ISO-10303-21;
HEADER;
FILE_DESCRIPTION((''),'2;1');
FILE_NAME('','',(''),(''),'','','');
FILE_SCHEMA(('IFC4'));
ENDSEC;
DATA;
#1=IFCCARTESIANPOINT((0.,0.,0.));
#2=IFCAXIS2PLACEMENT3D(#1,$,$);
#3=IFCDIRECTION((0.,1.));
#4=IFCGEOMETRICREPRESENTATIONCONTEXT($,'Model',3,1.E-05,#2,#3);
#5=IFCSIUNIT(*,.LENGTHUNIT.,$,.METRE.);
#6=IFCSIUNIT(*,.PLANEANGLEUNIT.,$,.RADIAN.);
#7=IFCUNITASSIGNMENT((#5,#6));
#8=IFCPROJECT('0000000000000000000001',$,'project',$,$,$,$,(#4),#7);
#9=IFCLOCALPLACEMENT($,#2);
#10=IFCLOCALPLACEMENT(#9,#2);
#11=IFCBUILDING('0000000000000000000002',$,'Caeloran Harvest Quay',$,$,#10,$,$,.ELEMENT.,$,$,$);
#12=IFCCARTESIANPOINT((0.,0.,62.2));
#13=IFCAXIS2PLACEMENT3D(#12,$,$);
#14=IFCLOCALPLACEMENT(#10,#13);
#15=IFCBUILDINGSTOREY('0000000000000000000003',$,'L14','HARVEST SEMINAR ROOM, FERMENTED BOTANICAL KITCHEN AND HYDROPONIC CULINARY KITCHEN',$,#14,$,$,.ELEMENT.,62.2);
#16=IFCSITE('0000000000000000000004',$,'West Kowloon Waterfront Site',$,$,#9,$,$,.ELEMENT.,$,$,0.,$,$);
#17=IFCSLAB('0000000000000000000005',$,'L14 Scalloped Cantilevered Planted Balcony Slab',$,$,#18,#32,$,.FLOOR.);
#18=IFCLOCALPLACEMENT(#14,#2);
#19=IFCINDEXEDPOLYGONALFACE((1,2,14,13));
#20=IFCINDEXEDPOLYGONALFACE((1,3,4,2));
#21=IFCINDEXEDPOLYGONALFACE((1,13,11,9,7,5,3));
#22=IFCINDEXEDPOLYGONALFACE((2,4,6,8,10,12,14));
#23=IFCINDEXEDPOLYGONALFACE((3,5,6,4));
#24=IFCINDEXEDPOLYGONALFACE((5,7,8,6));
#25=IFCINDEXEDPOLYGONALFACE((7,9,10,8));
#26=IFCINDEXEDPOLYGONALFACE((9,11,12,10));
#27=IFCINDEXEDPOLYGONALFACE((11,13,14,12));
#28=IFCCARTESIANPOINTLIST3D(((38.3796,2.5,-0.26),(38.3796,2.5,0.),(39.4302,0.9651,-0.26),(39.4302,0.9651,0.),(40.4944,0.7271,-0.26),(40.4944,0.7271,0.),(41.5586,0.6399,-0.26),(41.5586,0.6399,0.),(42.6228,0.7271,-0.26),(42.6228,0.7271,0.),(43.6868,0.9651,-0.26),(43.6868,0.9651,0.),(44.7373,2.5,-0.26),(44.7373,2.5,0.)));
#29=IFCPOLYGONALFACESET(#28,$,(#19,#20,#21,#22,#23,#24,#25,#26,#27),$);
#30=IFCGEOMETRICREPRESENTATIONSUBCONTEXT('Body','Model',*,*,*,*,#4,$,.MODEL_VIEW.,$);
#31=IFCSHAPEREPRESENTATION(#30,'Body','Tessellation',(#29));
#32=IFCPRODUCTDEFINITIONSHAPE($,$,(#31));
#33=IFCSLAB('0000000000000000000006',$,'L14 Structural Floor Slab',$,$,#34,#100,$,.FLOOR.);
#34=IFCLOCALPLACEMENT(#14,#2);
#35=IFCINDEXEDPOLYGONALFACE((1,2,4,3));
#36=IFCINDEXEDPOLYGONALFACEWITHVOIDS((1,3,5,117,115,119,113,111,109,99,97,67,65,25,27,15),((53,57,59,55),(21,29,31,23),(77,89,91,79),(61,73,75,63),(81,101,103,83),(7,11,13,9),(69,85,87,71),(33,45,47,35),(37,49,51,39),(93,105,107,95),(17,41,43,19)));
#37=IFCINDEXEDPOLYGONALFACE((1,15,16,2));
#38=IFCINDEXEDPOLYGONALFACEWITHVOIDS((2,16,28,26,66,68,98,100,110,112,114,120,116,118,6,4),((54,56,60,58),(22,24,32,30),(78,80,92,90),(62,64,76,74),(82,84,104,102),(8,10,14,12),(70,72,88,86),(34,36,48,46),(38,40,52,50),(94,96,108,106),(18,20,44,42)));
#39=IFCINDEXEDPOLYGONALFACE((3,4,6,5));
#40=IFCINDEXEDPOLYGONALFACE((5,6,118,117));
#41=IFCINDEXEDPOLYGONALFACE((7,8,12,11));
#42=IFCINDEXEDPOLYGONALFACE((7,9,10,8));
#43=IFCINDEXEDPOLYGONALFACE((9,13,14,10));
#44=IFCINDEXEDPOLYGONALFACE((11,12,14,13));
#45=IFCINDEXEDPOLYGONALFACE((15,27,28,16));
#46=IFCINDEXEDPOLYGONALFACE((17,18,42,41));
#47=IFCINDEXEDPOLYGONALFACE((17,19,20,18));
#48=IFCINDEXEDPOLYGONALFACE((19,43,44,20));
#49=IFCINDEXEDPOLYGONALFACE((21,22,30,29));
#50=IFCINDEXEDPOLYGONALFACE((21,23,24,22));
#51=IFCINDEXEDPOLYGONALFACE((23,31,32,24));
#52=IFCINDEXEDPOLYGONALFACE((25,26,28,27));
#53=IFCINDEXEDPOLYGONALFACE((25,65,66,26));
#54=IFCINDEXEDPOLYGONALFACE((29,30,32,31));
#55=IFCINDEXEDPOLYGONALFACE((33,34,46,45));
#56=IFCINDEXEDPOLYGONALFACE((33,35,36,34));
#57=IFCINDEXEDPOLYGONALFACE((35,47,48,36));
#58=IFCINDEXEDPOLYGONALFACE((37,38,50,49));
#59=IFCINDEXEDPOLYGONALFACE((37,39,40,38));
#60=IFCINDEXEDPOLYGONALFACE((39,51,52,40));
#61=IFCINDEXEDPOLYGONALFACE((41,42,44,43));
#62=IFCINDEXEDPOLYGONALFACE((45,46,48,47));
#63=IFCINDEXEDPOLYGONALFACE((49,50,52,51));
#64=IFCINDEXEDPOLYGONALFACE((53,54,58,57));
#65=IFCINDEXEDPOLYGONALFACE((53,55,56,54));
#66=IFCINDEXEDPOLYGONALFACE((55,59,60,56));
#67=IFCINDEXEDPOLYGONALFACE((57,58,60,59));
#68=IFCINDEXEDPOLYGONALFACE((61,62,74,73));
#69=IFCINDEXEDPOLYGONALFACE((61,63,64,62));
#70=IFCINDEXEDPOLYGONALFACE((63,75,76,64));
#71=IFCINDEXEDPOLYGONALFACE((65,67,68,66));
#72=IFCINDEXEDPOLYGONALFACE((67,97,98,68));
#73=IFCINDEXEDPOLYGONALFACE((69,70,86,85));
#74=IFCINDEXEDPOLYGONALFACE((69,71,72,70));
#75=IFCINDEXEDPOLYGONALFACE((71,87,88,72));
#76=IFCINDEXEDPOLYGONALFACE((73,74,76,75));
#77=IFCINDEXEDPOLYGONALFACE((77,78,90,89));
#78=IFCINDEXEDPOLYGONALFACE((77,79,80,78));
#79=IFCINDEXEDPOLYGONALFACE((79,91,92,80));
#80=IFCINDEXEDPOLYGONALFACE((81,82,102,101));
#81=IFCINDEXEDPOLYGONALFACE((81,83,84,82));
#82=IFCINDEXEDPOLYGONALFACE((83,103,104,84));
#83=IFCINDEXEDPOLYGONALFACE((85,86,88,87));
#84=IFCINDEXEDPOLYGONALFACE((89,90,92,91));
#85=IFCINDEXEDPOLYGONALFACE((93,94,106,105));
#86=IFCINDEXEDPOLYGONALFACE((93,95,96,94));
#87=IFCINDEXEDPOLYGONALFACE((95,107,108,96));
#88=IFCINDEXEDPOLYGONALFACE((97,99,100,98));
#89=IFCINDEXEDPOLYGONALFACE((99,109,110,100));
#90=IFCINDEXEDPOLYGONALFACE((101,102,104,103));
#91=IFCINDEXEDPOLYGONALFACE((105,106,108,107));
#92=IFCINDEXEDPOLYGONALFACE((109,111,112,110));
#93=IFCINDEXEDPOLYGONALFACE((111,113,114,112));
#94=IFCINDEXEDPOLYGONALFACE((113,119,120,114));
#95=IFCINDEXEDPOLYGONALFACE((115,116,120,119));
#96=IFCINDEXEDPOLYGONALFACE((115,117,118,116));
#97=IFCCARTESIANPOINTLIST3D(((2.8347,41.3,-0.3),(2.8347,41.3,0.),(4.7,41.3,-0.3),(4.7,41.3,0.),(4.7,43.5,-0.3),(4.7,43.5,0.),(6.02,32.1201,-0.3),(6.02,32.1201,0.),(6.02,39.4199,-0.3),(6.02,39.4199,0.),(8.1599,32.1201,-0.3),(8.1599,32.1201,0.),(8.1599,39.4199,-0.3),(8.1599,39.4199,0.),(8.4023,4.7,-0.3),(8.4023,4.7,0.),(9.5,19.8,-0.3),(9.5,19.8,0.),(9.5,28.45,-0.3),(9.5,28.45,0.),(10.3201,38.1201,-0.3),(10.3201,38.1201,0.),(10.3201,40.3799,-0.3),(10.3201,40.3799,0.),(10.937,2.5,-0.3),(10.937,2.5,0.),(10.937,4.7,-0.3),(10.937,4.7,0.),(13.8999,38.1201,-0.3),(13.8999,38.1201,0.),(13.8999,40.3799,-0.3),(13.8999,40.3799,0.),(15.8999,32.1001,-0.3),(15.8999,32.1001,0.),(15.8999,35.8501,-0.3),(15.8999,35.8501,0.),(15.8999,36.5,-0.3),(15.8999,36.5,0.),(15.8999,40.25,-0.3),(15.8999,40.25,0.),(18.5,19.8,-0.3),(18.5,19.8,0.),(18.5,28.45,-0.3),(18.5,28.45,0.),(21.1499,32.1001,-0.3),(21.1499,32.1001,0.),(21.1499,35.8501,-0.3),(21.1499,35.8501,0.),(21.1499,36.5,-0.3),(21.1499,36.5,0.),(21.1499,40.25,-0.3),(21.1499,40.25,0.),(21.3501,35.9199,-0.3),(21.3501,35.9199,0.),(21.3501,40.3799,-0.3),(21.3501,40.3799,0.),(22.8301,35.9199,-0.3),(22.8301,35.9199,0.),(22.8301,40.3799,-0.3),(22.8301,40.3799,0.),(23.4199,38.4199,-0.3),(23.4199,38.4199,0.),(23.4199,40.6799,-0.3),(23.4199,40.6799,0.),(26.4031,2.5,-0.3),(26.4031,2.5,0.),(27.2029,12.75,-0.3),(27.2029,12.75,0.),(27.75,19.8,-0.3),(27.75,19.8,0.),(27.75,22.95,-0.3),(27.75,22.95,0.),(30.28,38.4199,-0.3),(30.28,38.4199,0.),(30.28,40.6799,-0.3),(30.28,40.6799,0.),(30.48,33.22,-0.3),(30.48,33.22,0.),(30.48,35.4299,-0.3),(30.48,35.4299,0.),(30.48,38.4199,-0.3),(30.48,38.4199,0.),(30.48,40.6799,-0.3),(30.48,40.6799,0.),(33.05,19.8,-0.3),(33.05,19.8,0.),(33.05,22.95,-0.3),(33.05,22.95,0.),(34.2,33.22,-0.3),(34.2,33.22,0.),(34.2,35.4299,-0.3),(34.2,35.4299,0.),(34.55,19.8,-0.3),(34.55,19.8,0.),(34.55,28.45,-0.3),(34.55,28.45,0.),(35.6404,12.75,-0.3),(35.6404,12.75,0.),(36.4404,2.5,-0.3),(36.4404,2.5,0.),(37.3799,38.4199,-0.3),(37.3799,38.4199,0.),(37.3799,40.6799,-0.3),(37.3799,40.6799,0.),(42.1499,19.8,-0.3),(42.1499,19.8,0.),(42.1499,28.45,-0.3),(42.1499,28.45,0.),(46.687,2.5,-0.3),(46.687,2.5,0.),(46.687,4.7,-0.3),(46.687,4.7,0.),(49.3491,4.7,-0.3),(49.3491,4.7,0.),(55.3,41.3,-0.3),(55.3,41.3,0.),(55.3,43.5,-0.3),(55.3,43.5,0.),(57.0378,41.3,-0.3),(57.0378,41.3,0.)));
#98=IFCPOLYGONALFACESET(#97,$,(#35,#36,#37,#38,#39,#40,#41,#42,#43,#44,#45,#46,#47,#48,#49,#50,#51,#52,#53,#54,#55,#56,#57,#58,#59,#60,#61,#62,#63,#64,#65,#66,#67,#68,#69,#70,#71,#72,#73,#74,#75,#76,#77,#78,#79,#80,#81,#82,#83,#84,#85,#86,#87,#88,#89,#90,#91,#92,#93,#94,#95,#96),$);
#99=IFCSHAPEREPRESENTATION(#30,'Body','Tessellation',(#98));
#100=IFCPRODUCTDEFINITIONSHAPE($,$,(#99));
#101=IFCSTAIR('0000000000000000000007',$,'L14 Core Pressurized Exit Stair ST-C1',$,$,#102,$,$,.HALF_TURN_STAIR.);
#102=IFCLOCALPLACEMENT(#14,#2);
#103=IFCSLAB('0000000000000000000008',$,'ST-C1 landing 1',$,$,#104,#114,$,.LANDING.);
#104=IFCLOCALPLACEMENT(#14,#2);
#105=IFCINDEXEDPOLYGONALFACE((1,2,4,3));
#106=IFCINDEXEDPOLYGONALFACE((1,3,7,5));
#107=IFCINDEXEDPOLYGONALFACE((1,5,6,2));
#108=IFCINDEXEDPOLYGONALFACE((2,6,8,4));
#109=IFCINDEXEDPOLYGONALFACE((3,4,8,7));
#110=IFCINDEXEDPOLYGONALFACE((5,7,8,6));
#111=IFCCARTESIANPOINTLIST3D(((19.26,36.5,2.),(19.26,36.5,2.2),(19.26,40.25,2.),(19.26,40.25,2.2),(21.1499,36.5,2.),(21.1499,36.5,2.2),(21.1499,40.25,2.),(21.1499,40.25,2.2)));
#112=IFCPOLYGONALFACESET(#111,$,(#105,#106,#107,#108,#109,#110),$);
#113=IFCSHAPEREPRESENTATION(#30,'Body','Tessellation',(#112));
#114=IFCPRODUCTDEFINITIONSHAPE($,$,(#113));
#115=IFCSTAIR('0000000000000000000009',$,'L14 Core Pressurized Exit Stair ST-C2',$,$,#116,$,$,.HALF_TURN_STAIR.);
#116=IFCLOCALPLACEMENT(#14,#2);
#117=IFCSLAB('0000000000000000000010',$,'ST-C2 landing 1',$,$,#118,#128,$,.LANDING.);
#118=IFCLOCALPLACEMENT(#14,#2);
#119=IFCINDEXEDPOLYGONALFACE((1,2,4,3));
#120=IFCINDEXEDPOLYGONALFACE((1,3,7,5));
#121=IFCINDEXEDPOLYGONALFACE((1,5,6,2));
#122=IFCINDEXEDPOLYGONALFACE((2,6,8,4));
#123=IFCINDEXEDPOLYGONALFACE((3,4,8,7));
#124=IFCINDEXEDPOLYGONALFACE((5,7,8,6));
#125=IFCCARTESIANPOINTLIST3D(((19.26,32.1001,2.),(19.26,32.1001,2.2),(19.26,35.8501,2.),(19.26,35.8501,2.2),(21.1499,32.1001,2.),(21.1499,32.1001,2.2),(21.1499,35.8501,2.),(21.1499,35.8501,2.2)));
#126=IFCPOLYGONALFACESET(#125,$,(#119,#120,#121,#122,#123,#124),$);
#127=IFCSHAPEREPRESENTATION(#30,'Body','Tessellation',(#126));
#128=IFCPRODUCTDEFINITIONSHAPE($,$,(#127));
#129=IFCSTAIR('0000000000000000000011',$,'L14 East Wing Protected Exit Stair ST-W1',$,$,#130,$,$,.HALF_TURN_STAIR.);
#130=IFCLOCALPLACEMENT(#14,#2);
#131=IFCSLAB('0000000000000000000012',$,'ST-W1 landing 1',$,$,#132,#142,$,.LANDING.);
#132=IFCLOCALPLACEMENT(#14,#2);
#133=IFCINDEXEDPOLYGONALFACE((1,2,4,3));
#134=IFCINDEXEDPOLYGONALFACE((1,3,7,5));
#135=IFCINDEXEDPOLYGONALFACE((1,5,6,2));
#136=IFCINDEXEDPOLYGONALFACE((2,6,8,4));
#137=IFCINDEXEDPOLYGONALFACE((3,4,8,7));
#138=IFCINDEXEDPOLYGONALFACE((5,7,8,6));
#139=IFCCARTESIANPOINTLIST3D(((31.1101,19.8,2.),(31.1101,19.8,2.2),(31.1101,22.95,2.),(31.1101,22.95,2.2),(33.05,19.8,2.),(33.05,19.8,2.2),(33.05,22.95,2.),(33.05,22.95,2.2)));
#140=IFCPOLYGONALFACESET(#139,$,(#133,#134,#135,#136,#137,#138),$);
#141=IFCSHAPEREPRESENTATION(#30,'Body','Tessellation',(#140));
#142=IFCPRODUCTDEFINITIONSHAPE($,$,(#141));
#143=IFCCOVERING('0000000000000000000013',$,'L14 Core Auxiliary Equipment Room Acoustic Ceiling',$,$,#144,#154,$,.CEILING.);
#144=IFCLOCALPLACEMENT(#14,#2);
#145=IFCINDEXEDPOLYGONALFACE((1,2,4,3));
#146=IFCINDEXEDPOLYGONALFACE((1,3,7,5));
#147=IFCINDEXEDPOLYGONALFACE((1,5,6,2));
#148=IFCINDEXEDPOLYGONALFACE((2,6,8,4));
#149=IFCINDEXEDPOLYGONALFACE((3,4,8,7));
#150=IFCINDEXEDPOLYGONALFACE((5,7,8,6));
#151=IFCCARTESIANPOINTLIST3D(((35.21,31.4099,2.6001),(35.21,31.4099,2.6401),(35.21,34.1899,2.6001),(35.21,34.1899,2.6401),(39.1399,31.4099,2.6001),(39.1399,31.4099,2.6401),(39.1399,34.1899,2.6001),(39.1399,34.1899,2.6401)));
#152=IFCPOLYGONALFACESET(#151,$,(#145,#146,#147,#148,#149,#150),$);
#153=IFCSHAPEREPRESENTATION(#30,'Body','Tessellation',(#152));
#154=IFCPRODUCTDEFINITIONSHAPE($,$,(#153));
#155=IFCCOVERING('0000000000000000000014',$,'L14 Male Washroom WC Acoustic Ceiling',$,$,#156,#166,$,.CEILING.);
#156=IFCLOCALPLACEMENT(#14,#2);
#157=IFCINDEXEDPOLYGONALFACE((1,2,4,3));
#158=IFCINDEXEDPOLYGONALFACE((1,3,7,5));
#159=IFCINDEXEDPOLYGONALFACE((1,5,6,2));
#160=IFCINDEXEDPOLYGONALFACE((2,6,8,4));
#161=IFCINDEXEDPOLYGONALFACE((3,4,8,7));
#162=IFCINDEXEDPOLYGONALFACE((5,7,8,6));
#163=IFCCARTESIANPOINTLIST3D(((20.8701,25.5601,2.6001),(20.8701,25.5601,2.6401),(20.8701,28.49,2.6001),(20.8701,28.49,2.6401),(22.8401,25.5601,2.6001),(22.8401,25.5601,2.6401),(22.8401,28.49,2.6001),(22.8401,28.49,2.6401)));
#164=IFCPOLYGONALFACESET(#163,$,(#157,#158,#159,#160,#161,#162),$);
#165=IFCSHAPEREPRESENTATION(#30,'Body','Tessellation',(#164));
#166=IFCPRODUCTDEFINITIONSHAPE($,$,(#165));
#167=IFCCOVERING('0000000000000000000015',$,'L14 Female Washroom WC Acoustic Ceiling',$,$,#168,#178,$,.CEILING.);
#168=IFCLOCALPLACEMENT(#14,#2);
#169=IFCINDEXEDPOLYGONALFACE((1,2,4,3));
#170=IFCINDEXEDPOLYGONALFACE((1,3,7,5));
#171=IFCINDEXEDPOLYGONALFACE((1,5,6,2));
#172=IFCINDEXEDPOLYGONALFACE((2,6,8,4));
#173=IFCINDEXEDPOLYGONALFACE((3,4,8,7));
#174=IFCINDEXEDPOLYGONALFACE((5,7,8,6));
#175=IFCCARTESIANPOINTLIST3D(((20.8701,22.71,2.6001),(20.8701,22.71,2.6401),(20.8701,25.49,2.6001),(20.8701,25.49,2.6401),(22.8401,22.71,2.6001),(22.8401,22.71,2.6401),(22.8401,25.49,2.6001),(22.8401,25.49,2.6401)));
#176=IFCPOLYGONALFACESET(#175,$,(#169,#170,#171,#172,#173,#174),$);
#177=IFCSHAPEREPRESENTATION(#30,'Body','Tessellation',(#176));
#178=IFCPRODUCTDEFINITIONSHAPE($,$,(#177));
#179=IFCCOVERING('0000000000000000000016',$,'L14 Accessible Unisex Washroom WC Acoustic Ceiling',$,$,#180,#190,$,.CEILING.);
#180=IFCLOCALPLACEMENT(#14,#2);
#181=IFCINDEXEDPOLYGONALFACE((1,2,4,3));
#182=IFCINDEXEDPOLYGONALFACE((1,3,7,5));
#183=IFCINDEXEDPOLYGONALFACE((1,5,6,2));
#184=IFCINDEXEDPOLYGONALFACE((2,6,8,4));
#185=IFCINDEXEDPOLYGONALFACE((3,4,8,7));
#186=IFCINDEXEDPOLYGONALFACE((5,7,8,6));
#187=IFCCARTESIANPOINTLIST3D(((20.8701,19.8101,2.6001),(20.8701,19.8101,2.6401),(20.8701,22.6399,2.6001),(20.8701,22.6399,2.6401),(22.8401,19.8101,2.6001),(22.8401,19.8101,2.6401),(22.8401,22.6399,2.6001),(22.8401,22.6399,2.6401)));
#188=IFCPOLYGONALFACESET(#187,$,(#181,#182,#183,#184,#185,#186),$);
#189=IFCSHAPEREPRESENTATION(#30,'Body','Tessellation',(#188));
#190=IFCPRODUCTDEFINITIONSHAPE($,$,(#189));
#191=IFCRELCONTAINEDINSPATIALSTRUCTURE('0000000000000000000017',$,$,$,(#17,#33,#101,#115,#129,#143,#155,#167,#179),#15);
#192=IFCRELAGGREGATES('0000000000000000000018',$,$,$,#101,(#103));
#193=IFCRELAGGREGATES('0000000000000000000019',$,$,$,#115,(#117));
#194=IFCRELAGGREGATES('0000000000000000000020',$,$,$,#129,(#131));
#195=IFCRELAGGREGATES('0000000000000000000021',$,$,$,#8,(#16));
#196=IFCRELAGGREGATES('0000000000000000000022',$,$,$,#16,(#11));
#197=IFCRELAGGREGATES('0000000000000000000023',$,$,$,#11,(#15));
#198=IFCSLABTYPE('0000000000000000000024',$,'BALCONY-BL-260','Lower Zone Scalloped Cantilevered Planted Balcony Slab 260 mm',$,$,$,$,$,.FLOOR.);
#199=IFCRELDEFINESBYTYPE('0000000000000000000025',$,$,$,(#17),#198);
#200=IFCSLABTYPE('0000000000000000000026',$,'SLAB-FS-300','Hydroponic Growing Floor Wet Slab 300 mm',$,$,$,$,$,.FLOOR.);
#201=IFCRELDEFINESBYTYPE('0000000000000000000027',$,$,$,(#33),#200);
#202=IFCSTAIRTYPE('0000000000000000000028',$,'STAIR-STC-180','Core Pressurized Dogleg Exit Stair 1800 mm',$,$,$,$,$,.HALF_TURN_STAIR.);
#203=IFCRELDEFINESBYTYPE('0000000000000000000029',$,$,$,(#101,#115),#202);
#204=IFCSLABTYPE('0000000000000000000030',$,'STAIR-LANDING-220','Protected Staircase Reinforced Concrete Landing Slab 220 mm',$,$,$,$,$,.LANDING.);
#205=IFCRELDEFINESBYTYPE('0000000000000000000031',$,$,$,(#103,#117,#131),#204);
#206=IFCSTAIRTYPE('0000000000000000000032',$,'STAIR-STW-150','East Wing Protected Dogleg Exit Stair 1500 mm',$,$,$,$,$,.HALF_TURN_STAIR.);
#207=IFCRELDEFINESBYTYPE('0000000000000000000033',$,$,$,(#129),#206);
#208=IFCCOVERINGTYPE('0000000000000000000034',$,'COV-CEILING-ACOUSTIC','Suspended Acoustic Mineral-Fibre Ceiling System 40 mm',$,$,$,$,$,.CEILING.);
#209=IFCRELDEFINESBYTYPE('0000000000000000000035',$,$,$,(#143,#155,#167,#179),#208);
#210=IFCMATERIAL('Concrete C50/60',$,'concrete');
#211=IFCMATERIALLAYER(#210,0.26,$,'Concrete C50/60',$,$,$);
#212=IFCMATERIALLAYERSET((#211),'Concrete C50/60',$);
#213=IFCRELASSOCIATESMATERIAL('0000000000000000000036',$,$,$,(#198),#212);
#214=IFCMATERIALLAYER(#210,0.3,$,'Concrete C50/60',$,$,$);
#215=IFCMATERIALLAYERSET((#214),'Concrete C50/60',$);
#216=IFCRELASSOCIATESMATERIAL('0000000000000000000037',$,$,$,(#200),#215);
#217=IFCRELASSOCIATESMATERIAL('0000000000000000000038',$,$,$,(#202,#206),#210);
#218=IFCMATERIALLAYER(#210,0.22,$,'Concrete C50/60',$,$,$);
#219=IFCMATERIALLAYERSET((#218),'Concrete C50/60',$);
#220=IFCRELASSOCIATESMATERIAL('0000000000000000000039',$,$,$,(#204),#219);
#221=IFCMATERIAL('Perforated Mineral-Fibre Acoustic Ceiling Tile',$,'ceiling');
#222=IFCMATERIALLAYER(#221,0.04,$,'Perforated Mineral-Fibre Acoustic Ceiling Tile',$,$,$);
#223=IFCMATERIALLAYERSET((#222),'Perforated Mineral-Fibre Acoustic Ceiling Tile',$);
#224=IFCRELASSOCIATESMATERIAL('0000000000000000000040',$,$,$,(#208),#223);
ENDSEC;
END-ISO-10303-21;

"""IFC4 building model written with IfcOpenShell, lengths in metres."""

from ifc_helpers import new_model, si_unit, direction, frame, origin, place, context, subcontext, project, spatial, polyline, outline, extrude, material, layer, layer_set, type_object, element, aggregate, save


model = new_model("IFC4")

# Units and contexts
model_context = context("Model", 3, precision=1e-05, world=origin(), true_north=direction((0.0, 1.0)))
body_context = subcontext(model_context, "Body", "Model", "MODEL_VIEW")
ifc_project = project(units=[si_unit("LENGTHUNIT", "METRE"), si_unit("PLANEANGLEUNIT", "RADIAN")], contexts=[model_context])

# Site, building, storey
site_placement = place(None, origin())
site = spatial("IfcSite", under=ifc_project, at=site_placement, Name="West Kowloon Waterfront Site", CompositionType="ELEMENT", RefElevation=0.0)
building_placement = place(site_placement, origin())
building = spatial("IfcBuilding", under=site, at=building_placement, Name="Caeloran Harvest Quay", CompositionType="ELEMENT")
storey_placement = place(building_placement, frame((0.0, 0.0, 62.2)))
storey = spatial("IfcBuildingStorey", under=building, at=storey_placement, Name="L14", Description="HARVEST SEMINAR ROOM, FERMENTED BOTANICAL KITCHEN AND HYDROPONIC CULINARY KITCHEN", CompositionType="ELEMENT", Elevation=62.2)

# Slabs
ifc_material_1 = material(Name="Concrete C50/60", Category="concrete")
ifc_layer_1 = layer(ifc_material_1, 0.26, Name="Concrete C50/60")
ifc_layer_set_1 = layer_set([ifc_layer_1], Name="Concrete C50/60")
slab_type_1 = type_object("IfcSlabType", Name="BALCONY-BL-260", Description="Lower Zone Scalloped Cantilevered Planted Balcony Slab 260 mm", PredefinedType="FLOOR", material=ifc_layer_set_1)
slab_1_placement = place(storey_placement, frame((0.0, 0.0, -0.26)))
element("IfcSlab", 1, at=slab_1_placement, inside=storey, type_object=slab_type_1, Name="L14 Scalloped Cantilevered Planted Balcony Slab", PredefinedType="FLOOR", context=body_context, shape_type="SweptSolid", body=[
    extrude(outline(polyline([(43.6868, 0.9651), (42.6228, 0.7271), (41.5586, 0.6399), (40.4944, 0.7271), (39.4302, 0.9651), (38.3796, 2.5), (44.7373, 2.5), (43.6868, 0.9651)])), origin(), (0.0, 0.0, 1.0), 0.26),
])
ifc_layer_2 = layer(ifc_material_1, 0.3, Name="Concrete C50/60")
ifc_layer_set_2 = layer_set([ifc_layer_2], Name="Concrete C50/60")
slab_type_2 = type_object("IfcSlabType", Name="SLAB-FS-300", Description="Hydroponic Growing Floor Wet Slab 300 mm", PredefinedType="FLOOR", material=ifc_layer_set_2)
slab_2_placement = place(storey_placement, frame((0.0, 0.0, -0.3)))
element("IfcSlab", 2, at=slab_2_placement, inside=storey, type_object=slab_type_2, Name="L14 Structural Floor Slab", PredefinedType="FLOOR", context=body_context, shape_type="SweptSolid", body=[
    extrude(outline(polyline([(10.937, 2.5), (26.4031, 2.5), (27.2029, 12.75), (35.6404, 12.75), (36.4404, 2.5), (46.687, 2.5), (46.687, 4.7), (49.3491, 4.7), (57.0378, 41.3), (55.3, 41.3), (55.3, 43.5), (4.7, 43.5), (4.7, 41.3), (2.8347, 41.3), (8.4023, 4.7), (10.937, 4.7), (10.937, 2.5)]), holes=[polyline([(18.5, 19.8), (9.5, 19.8), (9.5, 28.45), (18.5, 28.45), (18.5, 19.8)]), polyline([(15.8999, 32.1001), (15.8999, 35.8501), (21.1499, 35.8501), (21.1499, 32.1001), (15.8999, 32.1001)]), polyline([(8.1599, 32.1201), (6.02, 32.1201), (6.02, 39.4199), (8.1599, 39.4199), (8.1599, 32.1201)]), polyline([(21.3501, 35.9199), (21.3501, 40.3799), (22.8301, 40.3799), (22.8301, 35.9199), (21.3501, 35.9199)]), polyline([(15.8999, 40.25), (21.1499, 40.25), (21.1499, 36.5), (15.8999, 36.5), (15.8999, 40.25)]), polyline([(13.8999, 38.1201), (10.3201, 38.1201), (10.3201, 40.3799), (13.8999, 40.3799), (13.8999, 38.1201)]), polyline([(27.75, 22.95), (33.05, 22.95), (33.05, 19.8), (27.75, 19.8), (27.75, 22.95)]), polyline([(34.55, 19.8), (34.55, 28.45), (42.1499, 28.45), (42.1499, 19.8), (34.55, 19.8)]), polyline([(34.2, 33.22), (30.48, 33.22), (30.48, 35.4299), (34.2, 35.4299), (34.2, 33.22)]), polyline([(23.4199, 38.4199), (23.4199, 40.6799), (30.28, 40.6799), (30.28, 38.4199), (23.4199, 38.4199)]), polyline([(30.48, 38.4199), (30.48, 40.6799), (37.3799, 40.6799), (37.3799, 38.4199), (30.48, 38.4199)])]), origin(), (0.0, 0.0, 1.0), 0.3),
])

# Stairs, slabs
stair_type_1 = type_object("IfcStairType", Name="STAIR-STC-180", Description="Core Pressurized Dogleg Exit Stair 1800 mm", PredefinedType="HALF_TURN_STAIR", material=ifc_material_1)
stair_1_placement = place(storey_placement, origin())
stair_1 = element("IfcStair", 3, at=stair_1_placement, inside=storey, type_object=stair_type_1, Name="L14 Core Pressurized Exit Stair ST-C1", PredefinedType="HALF_TURN_STAIR")
ifc_layer_3 = layer(ifc_material_1, 0.22, Name="Concrete C50/60")
ifc_layer_set_3 = layer_set([ifc_layer_3], Name="Concrete C50/60")
slab_type_3 = type_object("IfcSlabType", Name="STAIR-LANDING-220", Description="Protected Staircase Reinforced Concrete Landing Slab 220 mm", PredefinedType="LANDING", material=ifc_layer_set_3)
slab_3_placement = place(storey_placement, frame((0.0, 0.0, 2.0)))
slab_3 = element("IfcSlab", 4, at=slab_3_placement, type_object=slab_type_3, Name="ST-C1 landing 1", PredefinedType="LANDING", context=body_context, shape_type="SweptSolid", body=[
    extrude(outline(polyline([(19.26, 36.5), (21.1499, 36.5), (21.1499, 40.25), (19.26, 40.25), (19.26, 36.5)])), origin(), (0.0, 0.0, 1.0), 0.2),
])
aggregate(stair_1, [slab_3])
stair_2_placement = place(storey_placement, origin())
stair_2 = element("IfcStair", 5, at=stair_2_placement, inside=storey, type_object=stair_type_1, Name="L14 Core Pressurized Exit Stair ST-C2", PredefinedType="HALF_TURN_STAIR")
slab_4_placement = place(storey_placement, frame((0.0, 0.0, 2.0)))
slab_4 = element("IfcSlab", 6, at=slab_4_placement, type_object=slab_type_3, Name="ST-C2 landing 1", PredefinedType="LANDING", context=body_context, shape_type="SweptSolid", body=[
    extrude(outline(polyline([(19.26, 32.1001), (21.1499, 32.1001), (21.1499, 35.8501), (19.26, 35.8501), (19.26, 32.1001)])), origin(), (0.0, 0.0, 1.0), 0.2),
])
aggregate(stair_2, [slab_4])
stair_type_2 = type_object("IfcStairType", Name="STAIR-STW-150", Description="East Wing Protected Dogleg Exit Stair 1500 mm", PredefinedType="HALF_TURN_STAIR", material=ifc_material_1)
stair_3_placement = place(storey_placement, origin())
stair_3 = element("IfcStair", 7, at=stair_3_placement, inside=storey, type_object=stair_type_2, Name="L14 East Wing Protected Exit Stair ST-W1", PredefinedType="HALF_TURN_STAIR")
slab_5_placement = place(storey_placement, frame((0.0, 0.0, 2.0)))
slab_5 = element("IfcSlab", 8, at=slab_5_placement, type_object=slab_type_3, Name="ST-W1 landing 1", PredefinedType="LANDING", context=body_context, shape_type="SweptSolid", body=[
    extrude(outline(polyline([(31.1101, 19.8), (33.05, 19.8), (33.05, 22.95), (31.1101, 22.95), (31.1101, 19.8)])), origin(), (0.0, 0.0, 1.0), 0.2),
])
aggregate(stair_3, [slab_5])

# Coverings
ifc_material_2 = material(Name="Perforated Mineral-Fibre Acoustic Ceiling Tile", Category="ceiling")
ifc_layer_4 = layer(ifc_material_2, 0.04, Name="Perforated Mineral-Fibre Acoustic Ceiling Tile")
ifc_layer_set_4 = layer_set([ifc_layer_4], Name="Perforated Mineral-Fibre Acoustic Ceiling Tile")
covering_type_1 = type_object("IfcCoveringType", Name="COV-CEILING-ACOUSTIC", Description="Suspended Acoustic Mineral-Fibre Ceiling System 40 mm", PredefinedType="CEILING", material=ifc_layer_set_4)
covering_1_placement = place(storey_placement, frame((0.0, 0.0, 2.6001)))
element("IfcCovering", 9, at=covering_1_placement, inside=storey, type_object=covering_type_1, Name="L14 Core Auxiliary Equipment Room Acoustic Ceiling", PredefinedType="CEILING", context=body_context, shape_type="SweptSolid", body=[
    extrude(outline(polyline([(39.1399, 34.1899), (39.1399, 31.4099), (35.21, 31.4099), (35.21, 34.1899), (39.1399, 34.1899)])), origin(), (0.0, 0.0, 1.0), 0.04),
])
covering_2_placement = place(storey_placement, frame((0.0, 0.0, 2.6001)))
element("IfcCovering", 10, at=covering_2_placement, inside=storey, type_object=covering_type_1, Name="L14 Male Washroom WC Acoustic Ceiling", PredefinedType="CEILING", context=body_context, shape_type="SweptSolid", body=[
    extrude(outline(polyline([(22.8401, 25.5601), (20.8701, 25.5601), (20.8701, 28.49), (22.8401, 28.49), (22.8401, 25.5601)])), origin(), (0.0, 0.0, 1.0), 0.04),
])
covering_3_placement = place(storey_placement, frame((0.0, 0.0, 2.6001)))
element("IfcCovering", 11, at=covering_3_placement, inside=storey, type_object=covering_type_1, Name="L14 Female Washroom WC Acoustic Ceiling", PredefinedType="CEILING", context=body_context, shape_type="SweptSolid", body=[
    extrude(outline(polyline([(22.8401, 22.71), (20.8701, 22.71), (20.8701, 25.49), (22.8401, 25.49), (22.8401, 22.71)])), origin(), (0.0, 0.0, 1.0), 0.04),
])
covering_4_placement = place(storey_placement, frame((0.0, 0.0, 2.6001)))
element("IfcCovering", 12, at=covering_4_placement, inside=storey, type_object=covering_type_1, Name="L14 Accessible Unisex Washroom WC Acoustic Ceiling", PredefinedType="CEILING", context=body_context, shape_type="SweptSolid", body=[
    extrude(outline(polyline([(22.8401, 19.8101), (20.8701, 19.8101), (20.8701, 22.6399), (22.8401, 22.6399), (22.8401, 19.8101)])), origin(), (0.0, 0.0, 1.0), 0.04),
])

save(model, "model.ifc")
